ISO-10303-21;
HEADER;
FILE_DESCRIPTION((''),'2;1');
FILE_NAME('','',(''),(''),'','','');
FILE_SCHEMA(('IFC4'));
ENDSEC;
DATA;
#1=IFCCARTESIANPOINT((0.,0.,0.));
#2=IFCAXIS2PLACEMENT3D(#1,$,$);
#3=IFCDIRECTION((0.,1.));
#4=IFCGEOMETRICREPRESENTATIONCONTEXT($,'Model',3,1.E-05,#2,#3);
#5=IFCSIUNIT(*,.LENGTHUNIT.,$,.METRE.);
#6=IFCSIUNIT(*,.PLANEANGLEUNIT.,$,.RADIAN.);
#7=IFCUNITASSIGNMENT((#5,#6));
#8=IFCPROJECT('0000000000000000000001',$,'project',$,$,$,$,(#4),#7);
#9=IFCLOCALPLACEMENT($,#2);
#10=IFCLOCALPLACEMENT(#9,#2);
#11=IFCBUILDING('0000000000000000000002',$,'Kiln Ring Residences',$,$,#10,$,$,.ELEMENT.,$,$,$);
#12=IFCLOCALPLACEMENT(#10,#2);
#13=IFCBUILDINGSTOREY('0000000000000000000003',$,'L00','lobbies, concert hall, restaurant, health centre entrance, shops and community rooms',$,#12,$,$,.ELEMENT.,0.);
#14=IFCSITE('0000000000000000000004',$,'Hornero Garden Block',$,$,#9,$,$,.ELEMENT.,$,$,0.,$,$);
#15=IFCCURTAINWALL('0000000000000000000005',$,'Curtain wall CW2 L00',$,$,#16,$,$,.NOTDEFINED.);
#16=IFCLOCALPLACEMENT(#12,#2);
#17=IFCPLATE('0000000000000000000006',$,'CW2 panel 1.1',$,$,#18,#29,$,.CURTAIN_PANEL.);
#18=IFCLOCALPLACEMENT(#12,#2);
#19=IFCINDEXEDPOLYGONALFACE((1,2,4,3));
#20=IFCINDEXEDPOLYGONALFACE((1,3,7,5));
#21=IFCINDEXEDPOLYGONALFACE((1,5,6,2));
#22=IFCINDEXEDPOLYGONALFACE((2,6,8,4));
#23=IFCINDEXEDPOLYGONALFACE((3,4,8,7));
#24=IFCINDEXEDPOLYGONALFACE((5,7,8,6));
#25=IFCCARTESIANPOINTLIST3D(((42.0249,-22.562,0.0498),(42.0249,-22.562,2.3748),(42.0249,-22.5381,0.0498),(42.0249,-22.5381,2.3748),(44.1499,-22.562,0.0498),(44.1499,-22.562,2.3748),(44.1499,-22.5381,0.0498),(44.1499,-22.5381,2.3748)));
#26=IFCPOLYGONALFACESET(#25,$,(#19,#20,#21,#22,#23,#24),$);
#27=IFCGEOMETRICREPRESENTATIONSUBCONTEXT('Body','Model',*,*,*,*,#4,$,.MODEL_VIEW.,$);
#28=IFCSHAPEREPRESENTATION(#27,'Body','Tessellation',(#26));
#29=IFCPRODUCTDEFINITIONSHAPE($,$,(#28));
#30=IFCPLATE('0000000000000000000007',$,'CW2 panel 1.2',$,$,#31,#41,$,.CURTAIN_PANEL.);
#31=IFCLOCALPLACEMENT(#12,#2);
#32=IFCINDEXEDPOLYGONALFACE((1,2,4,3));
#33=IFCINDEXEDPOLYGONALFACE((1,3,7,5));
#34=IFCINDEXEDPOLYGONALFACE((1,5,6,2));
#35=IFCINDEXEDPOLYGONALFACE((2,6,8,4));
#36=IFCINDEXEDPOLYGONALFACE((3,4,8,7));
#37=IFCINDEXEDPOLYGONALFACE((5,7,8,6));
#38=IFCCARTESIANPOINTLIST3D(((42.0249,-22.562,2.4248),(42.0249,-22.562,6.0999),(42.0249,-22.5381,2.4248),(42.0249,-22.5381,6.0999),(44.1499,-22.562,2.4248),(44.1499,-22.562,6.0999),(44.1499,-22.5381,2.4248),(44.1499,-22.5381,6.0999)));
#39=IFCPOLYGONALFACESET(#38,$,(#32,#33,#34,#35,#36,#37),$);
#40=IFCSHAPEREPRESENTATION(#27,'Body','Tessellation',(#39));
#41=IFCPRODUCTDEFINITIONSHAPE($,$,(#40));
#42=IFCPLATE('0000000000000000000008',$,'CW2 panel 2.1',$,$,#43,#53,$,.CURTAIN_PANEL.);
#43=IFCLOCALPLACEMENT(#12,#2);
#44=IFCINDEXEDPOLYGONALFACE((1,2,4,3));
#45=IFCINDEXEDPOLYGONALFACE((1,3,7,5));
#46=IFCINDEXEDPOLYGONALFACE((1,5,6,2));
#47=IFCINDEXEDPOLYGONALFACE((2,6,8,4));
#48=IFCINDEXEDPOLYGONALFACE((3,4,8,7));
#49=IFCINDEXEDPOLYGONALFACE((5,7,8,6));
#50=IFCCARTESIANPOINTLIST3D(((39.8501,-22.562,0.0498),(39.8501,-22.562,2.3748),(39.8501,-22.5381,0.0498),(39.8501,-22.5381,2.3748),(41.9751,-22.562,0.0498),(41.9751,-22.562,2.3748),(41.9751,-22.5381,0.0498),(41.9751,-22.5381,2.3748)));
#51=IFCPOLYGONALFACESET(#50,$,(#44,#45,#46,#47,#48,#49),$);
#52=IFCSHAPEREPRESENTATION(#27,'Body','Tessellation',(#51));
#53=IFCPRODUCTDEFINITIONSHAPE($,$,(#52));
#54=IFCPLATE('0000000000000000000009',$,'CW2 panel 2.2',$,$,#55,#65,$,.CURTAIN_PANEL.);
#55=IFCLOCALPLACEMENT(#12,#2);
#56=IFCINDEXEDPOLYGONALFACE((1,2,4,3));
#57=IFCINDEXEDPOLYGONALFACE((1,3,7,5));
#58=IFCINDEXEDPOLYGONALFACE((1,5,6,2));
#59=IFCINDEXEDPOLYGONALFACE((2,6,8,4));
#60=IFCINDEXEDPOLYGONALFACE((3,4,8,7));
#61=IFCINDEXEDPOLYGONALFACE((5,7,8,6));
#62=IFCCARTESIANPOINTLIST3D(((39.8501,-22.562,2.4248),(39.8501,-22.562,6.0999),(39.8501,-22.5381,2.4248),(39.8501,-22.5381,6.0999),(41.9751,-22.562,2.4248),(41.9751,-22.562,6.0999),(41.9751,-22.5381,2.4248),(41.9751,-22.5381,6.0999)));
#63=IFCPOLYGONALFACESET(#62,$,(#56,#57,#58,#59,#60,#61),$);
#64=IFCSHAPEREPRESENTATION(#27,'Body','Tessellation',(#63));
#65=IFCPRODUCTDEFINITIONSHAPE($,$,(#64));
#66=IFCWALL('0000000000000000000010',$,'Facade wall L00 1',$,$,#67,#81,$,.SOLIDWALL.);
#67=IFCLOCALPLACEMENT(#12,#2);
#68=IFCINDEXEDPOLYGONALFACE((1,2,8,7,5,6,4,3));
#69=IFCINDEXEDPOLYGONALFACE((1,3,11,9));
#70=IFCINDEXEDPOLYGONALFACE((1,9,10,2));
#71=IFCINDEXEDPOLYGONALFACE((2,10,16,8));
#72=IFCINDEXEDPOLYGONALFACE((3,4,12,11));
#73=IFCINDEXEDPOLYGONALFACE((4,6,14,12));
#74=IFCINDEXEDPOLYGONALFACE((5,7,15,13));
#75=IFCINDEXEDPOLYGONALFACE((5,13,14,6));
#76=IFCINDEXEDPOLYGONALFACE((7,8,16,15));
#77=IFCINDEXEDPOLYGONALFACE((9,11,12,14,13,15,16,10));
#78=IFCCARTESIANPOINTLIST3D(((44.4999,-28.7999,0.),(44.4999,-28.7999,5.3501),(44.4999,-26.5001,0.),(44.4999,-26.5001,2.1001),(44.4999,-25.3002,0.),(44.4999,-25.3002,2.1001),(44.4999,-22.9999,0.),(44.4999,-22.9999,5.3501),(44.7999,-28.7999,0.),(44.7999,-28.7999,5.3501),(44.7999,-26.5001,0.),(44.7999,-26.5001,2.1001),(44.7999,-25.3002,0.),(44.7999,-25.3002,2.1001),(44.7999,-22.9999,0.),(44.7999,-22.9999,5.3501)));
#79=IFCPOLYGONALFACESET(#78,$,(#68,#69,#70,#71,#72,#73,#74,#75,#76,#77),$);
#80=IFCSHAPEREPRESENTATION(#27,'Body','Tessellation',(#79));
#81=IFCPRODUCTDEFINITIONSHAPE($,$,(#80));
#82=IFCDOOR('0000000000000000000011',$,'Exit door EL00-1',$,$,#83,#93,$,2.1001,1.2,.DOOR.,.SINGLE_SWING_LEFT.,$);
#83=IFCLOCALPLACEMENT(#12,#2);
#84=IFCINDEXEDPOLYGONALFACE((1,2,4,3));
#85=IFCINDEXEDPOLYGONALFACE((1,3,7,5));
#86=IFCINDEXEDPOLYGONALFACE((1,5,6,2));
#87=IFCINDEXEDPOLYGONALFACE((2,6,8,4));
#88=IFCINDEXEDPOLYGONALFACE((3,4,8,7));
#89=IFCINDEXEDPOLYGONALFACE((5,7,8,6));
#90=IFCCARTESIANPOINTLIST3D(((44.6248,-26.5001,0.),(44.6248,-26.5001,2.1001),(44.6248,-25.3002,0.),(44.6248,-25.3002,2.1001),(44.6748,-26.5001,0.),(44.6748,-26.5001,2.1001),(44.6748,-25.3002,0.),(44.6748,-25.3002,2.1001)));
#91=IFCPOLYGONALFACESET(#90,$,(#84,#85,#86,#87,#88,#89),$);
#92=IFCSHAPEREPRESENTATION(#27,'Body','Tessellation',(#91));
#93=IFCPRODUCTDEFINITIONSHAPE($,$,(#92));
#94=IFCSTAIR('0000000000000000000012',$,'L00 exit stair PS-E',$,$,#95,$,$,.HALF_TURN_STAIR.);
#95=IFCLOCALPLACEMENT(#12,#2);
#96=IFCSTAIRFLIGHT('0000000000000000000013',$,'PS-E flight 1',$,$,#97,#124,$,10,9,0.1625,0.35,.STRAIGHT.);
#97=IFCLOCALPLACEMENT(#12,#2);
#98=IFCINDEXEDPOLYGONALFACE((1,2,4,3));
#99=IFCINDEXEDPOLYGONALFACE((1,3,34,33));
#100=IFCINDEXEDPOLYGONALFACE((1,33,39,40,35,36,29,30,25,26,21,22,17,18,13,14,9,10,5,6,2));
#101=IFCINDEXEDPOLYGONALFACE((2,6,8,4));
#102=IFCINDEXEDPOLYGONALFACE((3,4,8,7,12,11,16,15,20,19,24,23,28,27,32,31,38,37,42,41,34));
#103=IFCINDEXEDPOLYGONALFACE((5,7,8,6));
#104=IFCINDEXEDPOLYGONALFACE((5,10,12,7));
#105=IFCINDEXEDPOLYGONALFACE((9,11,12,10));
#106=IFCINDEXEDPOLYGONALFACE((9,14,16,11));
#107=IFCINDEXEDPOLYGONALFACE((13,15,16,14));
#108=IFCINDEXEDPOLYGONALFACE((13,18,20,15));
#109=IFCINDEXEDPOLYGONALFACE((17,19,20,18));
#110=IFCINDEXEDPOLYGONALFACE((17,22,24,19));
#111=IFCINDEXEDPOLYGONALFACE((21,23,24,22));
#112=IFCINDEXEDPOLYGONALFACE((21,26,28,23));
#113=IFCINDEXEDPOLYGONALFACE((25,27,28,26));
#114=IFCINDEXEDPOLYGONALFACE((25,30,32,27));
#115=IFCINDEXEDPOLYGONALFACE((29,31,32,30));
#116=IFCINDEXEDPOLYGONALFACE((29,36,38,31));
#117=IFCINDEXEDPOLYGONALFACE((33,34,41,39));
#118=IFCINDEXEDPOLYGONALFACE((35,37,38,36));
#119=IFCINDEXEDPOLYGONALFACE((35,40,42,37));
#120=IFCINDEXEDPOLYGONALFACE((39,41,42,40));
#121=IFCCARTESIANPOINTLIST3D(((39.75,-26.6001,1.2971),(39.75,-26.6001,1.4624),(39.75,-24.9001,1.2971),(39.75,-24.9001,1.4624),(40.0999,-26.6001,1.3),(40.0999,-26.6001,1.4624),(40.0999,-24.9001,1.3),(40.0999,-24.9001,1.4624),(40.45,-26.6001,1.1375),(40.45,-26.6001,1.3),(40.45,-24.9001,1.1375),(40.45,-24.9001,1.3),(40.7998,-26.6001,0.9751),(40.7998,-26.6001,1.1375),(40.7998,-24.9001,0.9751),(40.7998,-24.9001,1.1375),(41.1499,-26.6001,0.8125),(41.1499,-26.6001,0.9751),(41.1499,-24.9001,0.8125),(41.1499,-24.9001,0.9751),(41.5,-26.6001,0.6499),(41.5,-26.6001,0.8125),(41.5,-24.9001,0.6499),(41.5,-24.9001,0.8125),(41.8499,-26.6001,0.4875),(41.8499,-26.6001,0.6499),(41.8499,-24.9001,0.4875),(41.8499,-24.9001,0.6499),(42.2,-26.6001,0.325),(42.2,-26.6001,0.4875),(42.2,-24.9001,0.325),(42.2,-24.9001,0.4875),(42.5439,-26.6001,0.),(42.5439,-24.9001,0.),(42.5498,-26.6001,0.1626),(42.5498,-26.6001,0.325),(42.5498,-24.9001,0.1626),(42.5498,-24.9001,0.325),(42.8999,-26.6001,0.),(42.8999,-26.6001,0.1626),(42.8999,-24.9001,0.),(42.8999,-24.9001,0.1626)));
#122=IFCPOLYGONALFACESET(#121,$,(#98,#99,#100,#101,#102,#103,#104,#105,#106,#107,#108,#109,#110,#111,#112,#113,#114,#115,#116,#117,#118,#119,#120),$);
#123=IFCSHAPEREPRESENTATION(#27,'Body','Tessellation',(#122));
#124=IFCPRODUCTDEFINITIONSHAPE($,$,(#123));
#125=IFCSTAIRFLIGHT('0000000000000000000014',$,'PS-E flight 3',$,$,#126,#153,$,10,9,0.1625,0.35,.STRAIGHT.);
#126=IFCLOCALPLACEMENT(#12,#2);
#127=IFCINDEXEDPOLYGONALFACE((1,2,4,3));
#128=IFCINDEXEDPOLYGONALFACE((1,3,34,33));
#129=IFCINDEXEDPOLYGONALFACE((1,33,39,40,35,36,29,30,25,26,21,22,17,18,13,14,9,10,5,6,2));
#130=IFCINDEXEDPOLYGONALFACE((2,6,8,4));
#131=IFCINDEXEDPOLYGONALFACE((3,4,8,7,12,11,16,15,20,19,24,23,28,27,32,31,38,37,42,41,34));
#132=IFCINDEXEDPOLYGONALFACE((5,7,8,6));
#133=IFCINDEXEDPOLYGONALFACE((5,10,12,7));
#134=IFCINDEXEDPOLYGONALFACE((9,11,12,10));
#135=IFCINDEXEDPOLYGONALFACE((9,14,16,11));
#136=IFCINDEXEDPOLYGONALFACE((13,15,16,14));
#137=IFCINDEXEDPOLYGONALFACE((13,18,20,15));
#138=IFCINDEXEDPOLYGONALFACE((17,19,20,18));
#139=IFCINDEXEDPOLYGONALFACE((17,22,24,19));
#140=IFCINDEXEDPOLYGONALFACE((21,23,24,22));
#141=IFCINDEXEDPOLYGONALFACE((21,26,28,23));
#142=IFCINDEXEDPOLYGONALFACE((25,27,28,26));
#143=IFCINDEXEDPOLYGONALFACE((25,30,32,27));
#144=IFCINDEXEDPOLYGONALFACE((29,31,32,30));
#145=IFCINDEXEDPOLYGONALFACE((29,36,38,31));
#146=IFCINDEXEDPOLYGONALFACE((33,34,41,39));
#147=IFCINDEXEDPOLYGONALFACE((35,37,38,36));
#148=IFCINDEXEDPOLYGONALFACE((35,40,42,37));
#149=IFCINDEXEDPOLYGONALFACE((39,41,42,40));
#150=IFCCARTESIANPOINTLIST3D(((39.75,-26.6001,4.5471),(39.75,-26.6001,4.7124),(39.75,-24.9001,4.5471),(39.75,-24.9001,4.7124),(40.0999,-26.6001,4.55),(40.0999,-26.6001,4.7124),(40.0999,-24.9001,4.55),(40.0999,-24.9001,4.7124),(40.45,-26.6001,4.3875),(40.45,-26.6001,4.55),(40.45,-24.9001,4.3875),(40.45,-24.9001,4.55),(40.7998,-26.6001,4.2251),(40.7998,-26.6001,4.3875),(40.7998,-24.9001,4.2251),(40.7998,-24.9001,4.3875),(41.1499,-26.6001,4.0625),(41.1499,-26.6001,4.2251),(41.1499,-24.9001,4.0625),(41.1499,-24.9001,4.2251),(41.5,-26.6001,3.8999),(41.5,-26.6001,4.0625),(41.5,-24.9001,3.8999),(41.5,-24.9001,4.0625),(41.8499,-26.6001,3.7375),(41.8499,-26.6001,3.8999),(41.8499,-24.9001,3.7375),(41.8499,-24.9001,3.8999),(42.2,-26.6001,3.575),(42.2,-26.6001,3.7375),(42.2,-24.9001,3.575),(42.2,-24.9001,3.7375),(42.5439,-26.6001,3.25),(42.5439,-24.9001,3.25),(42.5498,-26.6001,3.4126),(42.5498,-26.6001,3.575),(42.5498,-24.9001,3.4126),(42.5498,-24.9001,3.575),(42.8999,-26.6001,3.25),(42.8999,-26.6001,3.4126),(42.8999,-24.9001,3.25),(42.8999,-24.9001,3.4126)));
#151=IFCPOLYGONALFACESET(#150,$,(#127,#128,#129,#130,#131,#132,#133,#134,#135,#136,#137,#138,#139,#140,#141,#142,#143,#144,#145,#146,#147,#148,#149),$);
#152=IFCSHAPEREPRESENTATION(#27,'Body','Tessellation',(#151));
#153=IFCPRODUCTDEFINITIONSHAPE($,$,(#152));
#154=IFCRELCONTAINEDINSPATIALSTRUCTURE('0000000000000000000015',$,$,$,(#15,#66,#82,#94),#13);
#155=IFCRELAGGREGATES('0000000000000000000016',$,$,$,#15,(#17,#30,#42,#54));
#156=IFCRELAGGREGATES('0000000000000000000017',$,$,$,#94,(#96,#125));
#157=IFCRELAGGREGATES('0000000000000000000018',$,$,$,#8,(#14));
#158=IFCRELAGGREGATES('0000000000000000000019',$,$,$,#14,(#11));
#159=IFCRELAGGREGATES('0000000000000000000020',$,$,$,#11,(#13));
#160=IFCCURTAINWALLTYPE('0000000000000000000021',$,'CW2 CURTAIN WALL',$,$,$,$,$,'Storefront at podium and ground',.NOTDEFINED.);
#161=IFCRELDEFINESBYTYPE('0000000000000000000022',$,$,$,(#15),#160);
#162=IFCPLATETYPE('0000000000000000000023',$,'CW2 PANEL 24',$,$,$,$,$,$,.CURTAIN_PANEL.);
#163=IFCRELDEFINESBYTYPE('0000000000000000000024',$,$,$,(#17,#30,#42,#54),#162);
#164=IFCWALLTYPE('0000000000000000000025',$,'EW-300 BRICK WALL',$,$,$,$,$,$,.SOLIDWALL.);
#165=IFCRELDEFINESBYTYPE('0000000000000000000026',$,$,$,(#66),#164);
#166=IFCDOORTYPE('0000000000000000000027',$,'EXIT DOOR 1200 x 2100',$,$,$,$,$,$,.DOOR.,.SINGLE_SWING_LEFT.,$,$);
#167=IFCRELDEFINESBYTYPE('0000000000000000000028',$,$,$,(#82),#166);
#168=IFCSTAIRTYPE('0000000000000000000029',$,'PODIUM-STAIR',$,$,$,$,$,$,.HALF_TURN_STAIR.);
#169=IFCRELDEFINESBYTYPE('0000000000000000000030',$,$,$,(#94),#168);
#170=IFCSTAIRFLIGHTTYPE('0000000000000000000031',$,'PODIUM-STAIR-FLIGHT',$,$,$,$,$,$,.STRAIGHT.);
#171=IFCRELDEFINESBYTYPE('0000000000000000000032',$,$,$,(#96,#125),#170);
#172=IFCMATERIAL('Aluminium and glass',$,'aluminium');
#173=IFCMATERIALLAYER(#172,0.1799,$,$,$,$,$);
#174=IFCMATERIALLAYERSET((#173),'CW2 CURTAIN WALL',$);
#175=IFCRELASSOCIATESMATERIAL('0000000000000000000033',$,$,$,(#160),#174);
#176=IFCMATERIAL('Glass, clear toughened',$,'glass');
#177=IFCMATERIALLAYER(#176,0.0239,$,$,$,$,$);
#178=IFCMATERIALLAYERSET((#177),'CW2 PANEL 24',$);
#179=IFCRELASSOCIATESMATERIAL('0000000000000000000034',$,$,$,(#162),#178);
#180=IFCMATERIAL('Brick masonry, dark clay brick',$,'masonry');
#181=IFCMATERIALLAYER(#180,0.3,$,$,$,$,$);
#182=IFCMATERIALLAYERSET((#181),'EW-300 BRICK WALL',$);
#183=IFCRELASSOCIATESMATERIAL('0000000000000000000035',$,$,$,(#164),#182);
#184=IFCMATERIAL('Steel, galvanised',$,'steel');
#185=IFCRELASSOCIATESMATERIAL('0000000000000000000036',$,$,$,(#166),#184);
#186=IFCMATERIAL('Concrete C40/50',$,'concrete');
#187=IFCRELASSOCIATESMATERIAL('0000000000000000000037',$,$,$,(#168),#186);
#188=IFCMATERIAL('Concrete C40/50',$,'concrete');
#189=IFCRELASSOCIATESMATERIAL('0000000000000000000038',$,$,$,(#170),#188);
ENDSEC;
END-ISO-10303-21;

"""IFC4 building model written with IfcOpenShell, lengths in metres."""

from ifc_helpers import new_model, si_unit, direction, frame, frame_2d, origin, origin_2d, place, context, subcontext, project, spatial, polyline, rectangle, outline, extrude, material, layer, layer_set, type_object, element, fill, aggregate, save


model = new_model("IFC4")

# Units and contexts
model_context = context("Model", 3, precision=1e-05, world=origin(), true_north=direction((0.0, 1.0)))
body_context = subcontext(model_context, "Body", "Model", "MODEL_VIEW")
ifc_project = project(units=[si_unit("LENGTHUNIT", "METRE"), si_unit("PLANEANGLEUNIT", "RADIAN")], contexts=[model_context])

# Site, building, storey
site_placement = place(None, origin())
site = spatial("IfcSite", under=ifc_project, at=site_placement, Name="Hornero Garden Block", CompositionType="ELEMENT", RefElevation=0.0)
building_placement = place(site_placement, origin())
building = spatial("IfcBuilding", under=site, at=building_placement, Name="Kiln Ring Residences", CompositionType="ELEMENT")
storey_placement = place(building_placement, origin())
storey = spatial("IfcBuildingStorey", under=building, at=storey_placement, Name="L00", Description="lobbies, concert hall, restaurant, health centre entrance, shops and community rooms", CompositionType="ELEMENT", Elevation=0.0)

# Curtain wall
ifc_material_1 = material(Name="Aluminium and glass", Category="aluminium")
ifc_layer_1 = layer(ifc_material_1, 0.1799)
ifc_layer_set_1 = layer_set([ifc_layer_1], Name="CW2 CURTAIN WALL")
curtain_wall_type = type_object("IfcCurtainWallType", Name="CW2 CURTAIN WALL", ElementType="Storefront at podium and ground", PredefinedType="NOTDEFINED", material=ifc_layer_set_1)
placement = place(storey_placement, origin())
curtain_wall = element("IfcCurtainWall", 1, at=placement, inside=storey, type_object=curtain_wall_type, Name="Curtain wall CW2 L00", PredefinedType="NOTDEFINED")

# Plates
ifc_material_2 = material(Name="Glass, clear toughened", Category="glass")
ifc_layer_2 = layer(ifc_material_2, 0.0239)
ifc_layer_set_2 = layer_set([ifc_layer_2], Name="CW2 PANEL 24")
plate_type = type_object("IfcPlateType", Name="CW2 PANEL 24", PredefinedType="CURTAIN_PANEL", material=ifc_layer_set_2)
plate_1_placement = place(storey_placement, frame((43.0874, -22.55, 0.0498), z_axis=(0.0, 0.0, 1.0), x_axis=(-1.0, 0.0, 0.0)))
plate_1 = element("IfcPlate", 2, at=plate_1_placement, type_object=plate_type, Name="CW2 panel 1.1", PredefinedType="CURTAIN_PANEL", context=body_context, shape_type="SweptSolid", body=[
    extrude(rectangle(XDim=2.125, YDim=0.0239, at=origin_2d()), origin(), (0.0, 0.0, 1.0), 2.325),
])
plate_2_placement = place(storey_placement, frame((43.0874, -22.55, 2.4248), z_axis=(0.0, 0.0, 1.0), x_axis=(-1.0, 0.0, 0.0)))
plate_2 = element("IfcPlate", 3, at=plate_2_placement, type_object=plate_type, Name="CW2 panel 1.2", PredefinedType="CURTAIN_PANEL", context=body_context, shape_type="SweptSolid", body=[
    extrude(rectangle(XDim=2.125, YDim=0.0239, at=origin_2d()), origin(), (0.0, 0.0, 1.0), 3.675),
])
plate_3_placement = place(storey_placement, frame((40.9126, -22.55, 0.0498), z_axis=(0.0, 0.0, 1.0), x_axis=(-1.0, 0.0, 0.0)))
plate_3 = element("IfcPlate", 4, at=plate_3_placement, type_object=plate_type, Name="CW2 panel 2.1", PredefinedType="CURTAIN_PANEL", context=body_context, shape_type="SweptSolid", body=[
    extrude(rectangle(XDim=2.125, YDim=0.0239, at=origin_2d()), origin(), (0.0, 0.0, 1.0), 2.325),
])
plate_4_placement = place(storey_placement, frame((40.9126, -22.55, 2.4248), z_axis=(0.0, 0.0, 1.0), x_axis=(-1.0, 0.0, 0.0)))
plate_4 = element("IfcPlate", 5, at=plate_4_placement, type_object=plate_type, Name="CW2 panel 2.2", PredefinedType="CURTAIN_PANEL", context=body_context, shape_type="SweptSolid", body=[
    extrude(rectangle(XDim=2.125, YDim=0.0239, at=origin_2d()), origin(), (0.0, 0.0, 1.0), 3.675),
])
aggregate(curtain_wall, [plate_1, plate_2, plate_3, plate_4])

# Wall, opening, door
ifc_material_3 = material(Name="Brick masonry, dark clay brick", Category="masonry")
ifc_layer_3 = layer(ifc_material_3, 0.3)
ifc_layer_set_3 = layer_set([ifc_layer_3], Name="EW-300 BRICK WALL")
wall_type = type_object("IfcWallType", Name="EW-300 BRICK WALL", PredefinedType="SOLIDWALL", material=ifc_layer_set_3)
wall_placement = place(storey_placement, frame((44.6499, -23.0, 0.0), z_axis=(0.0, 0.0, 1.0), x_axis=(0.0, -1.0, 0.0)))
wall = element("IfcWall", 6, at=wall_placement, inside=storey, type_object=wall_type, Name="Facade wall L00 1", PredefinedType="SOLIDWALL", context=body_context, shape_type="SweptSolid", body=[
    extrude(rectangle(XDim=5.8, YDim=0.3, at=frame_2d((2.8999, 0.0))), origin(), (0.0, 0.0, 1.0), 5.3501),
])
opening_placement = place(wall_placement, frame((2.3, 0.0, 0.0)))
opening = element("IfcOpeningElement", 7, at=opening_placement, cuts=wall, PredefinedType="OPENING", context=body_context, shape_type="SweptSolid", body=[
    extrude(rectangle(XDim=1.2, YDim=2.1001, at=frame_2d((0.6001, 1.05))), frame((0.0, 0.1599, 0.0), z_axis=(0.0, -1.0, 0.0), x_axis=(1.0, 0.0, 0.0)), (0.0, 0.0, 1.0), 0.3201),
])
ifc_material_4 = material(Name="Steel, galvanised", Category="steel")
door_type = type_object("IfcDoorType", Name="EXIT DOOR 1200 x 2100", OperationType="SINGLE_SWING_LEFT", PredefinedType="DOOR", material=ifc_material_4)
door_placement = place(opening_placement, origin())
door = element("IfcDoor", 8, at=door_placement, inside=storey, type_object=door_type, Name="Exit door EL00-1", OperationType="SINGLE_SWING_LEFT", OverallHeight=2.1001, OverallWidth=1.2, PredefinedType="DOOR", context=body_context, shape_type="SweptSolid", body=[
    extrude(rectangle(XDim=1.2, YDim=2.1001, at=frame_2d((0.6001, 1.05))), frame((0.0, 0.0249, 0.0), z_axis=(0.0, -1.0, 0.0), x_axis=(1.0, 0.0, 0.0)), (0.0, 0.0, 1.0), 0.05),
])
fill(opening, door)

# Stair, stair flights
ifc_material_5 = material(Name="Concrete C40/50", Category="concrete")
stair_type = type_object("IfcStairType", Name="PODIUM-STAIR", PredefinedType="HALF_TURN_STAIR", material=ifc_material_5)
stair = element("IfcStair", 9, at=placement, inside=storey, type_object=stair_type, Name="L00 exit stair PS-E", PredefinedType="HALF_TURN_STAIR")
ifc_material_6 = material(Name="Concrete C40/50", Category="concrete")
stair_flight_type = type_object("IfcStairFlightType", Name="PODIUM-STAIR-FLIGHT", PredefinedType="STRAIGHT", material=ifc_material_6)
stair_flight_1_placement = place(storey_placement, frame((42.8999, -25.75, 0.0), z_axis=(0.0, 0.0, 1.0), x_axis=(-1.0, 0.0, 0.0)))
stair_flight_1 = element("IfcStairFlight", 10, at=stair_flight_1_placement, type_object=stair_flight_type, Name="PS-E flight 1", NumberOfRisers=10, NumberOfTreads=9, PredefinedType="STRAIGHT", RiserHeight=0.1625, TreadLength=0.35, context=body_context, shape_type="SweptSolid", body=[
    extrude(outline(polyline([(0.0, 0.0), (0.0, 0.1626), (0.3501, 0.1626), (0.3501, 0.325), (0.7, 0.325), (0.7, 0.4875), (1.05, 0.4875), (1.05, 0.6499), (1.3999, 0.6499), (1.3999, 0.8125), (1.75, 0.8125), (1.75, 0.9751), (2.1001, 0.9751), (2.1001, 1.1375), (2.45, 1.1375), (2.45, 1.3), (2.8, 1.3), (2.8, 1.4624), (3.1499, 1.4624), (3.1499, 1.625), (3.1499, 1.2971), (0.356, 0.0), (0.0, 0.0)])), frame((0.0, 0.8501, 0.0), z_axis=(0.0, -1.0, 0.0), x_axis=(1.0, 0.0, 0.0)), (0.0, 0.0, 1.0), 1.7),
])
stair_flight_2_placement = place(storey_placement, frame((42.8999, -25.75, 3.25), z_axis=(0.0, 0.0, 1.0), x_axis=(-1.0, 0.0, 0.0)))
stair_flight_2 = element("IfcStairFlight", 11, at=stair_flight_2_placement, type_object=stair_flight_type, Name="PS-E flight 3", NumberOfRisers=10, NumberOfTreads=9, PredefinedType="STRAIGHT", RiserHeight=0.1625, TreadLength=0.35, context=body_context, shape_type="SweptSolid", body=[
    extrude(outline(polyline([(0.0, 0.0), (0.0, 0.1626), (0.3501, 0.1626), (0.3501, 0.325), (0.7, 0.325), (0.7, 0.4875), (1.05, 0.4875), (1.05, 0.6499), (1.3999, 0.6499), (1.3999, 0.8125), (1.75, 0.8125), (1.75, 0.9751), (2.1001, 0.9751), (2.1001, 1.1375), (2.45, 1.1375), (2.45, 1.3), (2.8, 1.3), (2.8, 1.4624), (3.1499, 1.4624), (3.1499, 1.625), (3.1499, 1.2971), (0.356, 0.0), (0.0, 0.0)])), frame((0.0, 0.8501, 0.0), z_axis=(0.0, -1.0, 0.0), x_axis=(1.0, 0.0, 0.0)), (0.0, 0.0, 1.0), 1.7),
])
aggregate(stair, [stair_flight_1, stair_flight_2])

save(model, "model.ifc")
